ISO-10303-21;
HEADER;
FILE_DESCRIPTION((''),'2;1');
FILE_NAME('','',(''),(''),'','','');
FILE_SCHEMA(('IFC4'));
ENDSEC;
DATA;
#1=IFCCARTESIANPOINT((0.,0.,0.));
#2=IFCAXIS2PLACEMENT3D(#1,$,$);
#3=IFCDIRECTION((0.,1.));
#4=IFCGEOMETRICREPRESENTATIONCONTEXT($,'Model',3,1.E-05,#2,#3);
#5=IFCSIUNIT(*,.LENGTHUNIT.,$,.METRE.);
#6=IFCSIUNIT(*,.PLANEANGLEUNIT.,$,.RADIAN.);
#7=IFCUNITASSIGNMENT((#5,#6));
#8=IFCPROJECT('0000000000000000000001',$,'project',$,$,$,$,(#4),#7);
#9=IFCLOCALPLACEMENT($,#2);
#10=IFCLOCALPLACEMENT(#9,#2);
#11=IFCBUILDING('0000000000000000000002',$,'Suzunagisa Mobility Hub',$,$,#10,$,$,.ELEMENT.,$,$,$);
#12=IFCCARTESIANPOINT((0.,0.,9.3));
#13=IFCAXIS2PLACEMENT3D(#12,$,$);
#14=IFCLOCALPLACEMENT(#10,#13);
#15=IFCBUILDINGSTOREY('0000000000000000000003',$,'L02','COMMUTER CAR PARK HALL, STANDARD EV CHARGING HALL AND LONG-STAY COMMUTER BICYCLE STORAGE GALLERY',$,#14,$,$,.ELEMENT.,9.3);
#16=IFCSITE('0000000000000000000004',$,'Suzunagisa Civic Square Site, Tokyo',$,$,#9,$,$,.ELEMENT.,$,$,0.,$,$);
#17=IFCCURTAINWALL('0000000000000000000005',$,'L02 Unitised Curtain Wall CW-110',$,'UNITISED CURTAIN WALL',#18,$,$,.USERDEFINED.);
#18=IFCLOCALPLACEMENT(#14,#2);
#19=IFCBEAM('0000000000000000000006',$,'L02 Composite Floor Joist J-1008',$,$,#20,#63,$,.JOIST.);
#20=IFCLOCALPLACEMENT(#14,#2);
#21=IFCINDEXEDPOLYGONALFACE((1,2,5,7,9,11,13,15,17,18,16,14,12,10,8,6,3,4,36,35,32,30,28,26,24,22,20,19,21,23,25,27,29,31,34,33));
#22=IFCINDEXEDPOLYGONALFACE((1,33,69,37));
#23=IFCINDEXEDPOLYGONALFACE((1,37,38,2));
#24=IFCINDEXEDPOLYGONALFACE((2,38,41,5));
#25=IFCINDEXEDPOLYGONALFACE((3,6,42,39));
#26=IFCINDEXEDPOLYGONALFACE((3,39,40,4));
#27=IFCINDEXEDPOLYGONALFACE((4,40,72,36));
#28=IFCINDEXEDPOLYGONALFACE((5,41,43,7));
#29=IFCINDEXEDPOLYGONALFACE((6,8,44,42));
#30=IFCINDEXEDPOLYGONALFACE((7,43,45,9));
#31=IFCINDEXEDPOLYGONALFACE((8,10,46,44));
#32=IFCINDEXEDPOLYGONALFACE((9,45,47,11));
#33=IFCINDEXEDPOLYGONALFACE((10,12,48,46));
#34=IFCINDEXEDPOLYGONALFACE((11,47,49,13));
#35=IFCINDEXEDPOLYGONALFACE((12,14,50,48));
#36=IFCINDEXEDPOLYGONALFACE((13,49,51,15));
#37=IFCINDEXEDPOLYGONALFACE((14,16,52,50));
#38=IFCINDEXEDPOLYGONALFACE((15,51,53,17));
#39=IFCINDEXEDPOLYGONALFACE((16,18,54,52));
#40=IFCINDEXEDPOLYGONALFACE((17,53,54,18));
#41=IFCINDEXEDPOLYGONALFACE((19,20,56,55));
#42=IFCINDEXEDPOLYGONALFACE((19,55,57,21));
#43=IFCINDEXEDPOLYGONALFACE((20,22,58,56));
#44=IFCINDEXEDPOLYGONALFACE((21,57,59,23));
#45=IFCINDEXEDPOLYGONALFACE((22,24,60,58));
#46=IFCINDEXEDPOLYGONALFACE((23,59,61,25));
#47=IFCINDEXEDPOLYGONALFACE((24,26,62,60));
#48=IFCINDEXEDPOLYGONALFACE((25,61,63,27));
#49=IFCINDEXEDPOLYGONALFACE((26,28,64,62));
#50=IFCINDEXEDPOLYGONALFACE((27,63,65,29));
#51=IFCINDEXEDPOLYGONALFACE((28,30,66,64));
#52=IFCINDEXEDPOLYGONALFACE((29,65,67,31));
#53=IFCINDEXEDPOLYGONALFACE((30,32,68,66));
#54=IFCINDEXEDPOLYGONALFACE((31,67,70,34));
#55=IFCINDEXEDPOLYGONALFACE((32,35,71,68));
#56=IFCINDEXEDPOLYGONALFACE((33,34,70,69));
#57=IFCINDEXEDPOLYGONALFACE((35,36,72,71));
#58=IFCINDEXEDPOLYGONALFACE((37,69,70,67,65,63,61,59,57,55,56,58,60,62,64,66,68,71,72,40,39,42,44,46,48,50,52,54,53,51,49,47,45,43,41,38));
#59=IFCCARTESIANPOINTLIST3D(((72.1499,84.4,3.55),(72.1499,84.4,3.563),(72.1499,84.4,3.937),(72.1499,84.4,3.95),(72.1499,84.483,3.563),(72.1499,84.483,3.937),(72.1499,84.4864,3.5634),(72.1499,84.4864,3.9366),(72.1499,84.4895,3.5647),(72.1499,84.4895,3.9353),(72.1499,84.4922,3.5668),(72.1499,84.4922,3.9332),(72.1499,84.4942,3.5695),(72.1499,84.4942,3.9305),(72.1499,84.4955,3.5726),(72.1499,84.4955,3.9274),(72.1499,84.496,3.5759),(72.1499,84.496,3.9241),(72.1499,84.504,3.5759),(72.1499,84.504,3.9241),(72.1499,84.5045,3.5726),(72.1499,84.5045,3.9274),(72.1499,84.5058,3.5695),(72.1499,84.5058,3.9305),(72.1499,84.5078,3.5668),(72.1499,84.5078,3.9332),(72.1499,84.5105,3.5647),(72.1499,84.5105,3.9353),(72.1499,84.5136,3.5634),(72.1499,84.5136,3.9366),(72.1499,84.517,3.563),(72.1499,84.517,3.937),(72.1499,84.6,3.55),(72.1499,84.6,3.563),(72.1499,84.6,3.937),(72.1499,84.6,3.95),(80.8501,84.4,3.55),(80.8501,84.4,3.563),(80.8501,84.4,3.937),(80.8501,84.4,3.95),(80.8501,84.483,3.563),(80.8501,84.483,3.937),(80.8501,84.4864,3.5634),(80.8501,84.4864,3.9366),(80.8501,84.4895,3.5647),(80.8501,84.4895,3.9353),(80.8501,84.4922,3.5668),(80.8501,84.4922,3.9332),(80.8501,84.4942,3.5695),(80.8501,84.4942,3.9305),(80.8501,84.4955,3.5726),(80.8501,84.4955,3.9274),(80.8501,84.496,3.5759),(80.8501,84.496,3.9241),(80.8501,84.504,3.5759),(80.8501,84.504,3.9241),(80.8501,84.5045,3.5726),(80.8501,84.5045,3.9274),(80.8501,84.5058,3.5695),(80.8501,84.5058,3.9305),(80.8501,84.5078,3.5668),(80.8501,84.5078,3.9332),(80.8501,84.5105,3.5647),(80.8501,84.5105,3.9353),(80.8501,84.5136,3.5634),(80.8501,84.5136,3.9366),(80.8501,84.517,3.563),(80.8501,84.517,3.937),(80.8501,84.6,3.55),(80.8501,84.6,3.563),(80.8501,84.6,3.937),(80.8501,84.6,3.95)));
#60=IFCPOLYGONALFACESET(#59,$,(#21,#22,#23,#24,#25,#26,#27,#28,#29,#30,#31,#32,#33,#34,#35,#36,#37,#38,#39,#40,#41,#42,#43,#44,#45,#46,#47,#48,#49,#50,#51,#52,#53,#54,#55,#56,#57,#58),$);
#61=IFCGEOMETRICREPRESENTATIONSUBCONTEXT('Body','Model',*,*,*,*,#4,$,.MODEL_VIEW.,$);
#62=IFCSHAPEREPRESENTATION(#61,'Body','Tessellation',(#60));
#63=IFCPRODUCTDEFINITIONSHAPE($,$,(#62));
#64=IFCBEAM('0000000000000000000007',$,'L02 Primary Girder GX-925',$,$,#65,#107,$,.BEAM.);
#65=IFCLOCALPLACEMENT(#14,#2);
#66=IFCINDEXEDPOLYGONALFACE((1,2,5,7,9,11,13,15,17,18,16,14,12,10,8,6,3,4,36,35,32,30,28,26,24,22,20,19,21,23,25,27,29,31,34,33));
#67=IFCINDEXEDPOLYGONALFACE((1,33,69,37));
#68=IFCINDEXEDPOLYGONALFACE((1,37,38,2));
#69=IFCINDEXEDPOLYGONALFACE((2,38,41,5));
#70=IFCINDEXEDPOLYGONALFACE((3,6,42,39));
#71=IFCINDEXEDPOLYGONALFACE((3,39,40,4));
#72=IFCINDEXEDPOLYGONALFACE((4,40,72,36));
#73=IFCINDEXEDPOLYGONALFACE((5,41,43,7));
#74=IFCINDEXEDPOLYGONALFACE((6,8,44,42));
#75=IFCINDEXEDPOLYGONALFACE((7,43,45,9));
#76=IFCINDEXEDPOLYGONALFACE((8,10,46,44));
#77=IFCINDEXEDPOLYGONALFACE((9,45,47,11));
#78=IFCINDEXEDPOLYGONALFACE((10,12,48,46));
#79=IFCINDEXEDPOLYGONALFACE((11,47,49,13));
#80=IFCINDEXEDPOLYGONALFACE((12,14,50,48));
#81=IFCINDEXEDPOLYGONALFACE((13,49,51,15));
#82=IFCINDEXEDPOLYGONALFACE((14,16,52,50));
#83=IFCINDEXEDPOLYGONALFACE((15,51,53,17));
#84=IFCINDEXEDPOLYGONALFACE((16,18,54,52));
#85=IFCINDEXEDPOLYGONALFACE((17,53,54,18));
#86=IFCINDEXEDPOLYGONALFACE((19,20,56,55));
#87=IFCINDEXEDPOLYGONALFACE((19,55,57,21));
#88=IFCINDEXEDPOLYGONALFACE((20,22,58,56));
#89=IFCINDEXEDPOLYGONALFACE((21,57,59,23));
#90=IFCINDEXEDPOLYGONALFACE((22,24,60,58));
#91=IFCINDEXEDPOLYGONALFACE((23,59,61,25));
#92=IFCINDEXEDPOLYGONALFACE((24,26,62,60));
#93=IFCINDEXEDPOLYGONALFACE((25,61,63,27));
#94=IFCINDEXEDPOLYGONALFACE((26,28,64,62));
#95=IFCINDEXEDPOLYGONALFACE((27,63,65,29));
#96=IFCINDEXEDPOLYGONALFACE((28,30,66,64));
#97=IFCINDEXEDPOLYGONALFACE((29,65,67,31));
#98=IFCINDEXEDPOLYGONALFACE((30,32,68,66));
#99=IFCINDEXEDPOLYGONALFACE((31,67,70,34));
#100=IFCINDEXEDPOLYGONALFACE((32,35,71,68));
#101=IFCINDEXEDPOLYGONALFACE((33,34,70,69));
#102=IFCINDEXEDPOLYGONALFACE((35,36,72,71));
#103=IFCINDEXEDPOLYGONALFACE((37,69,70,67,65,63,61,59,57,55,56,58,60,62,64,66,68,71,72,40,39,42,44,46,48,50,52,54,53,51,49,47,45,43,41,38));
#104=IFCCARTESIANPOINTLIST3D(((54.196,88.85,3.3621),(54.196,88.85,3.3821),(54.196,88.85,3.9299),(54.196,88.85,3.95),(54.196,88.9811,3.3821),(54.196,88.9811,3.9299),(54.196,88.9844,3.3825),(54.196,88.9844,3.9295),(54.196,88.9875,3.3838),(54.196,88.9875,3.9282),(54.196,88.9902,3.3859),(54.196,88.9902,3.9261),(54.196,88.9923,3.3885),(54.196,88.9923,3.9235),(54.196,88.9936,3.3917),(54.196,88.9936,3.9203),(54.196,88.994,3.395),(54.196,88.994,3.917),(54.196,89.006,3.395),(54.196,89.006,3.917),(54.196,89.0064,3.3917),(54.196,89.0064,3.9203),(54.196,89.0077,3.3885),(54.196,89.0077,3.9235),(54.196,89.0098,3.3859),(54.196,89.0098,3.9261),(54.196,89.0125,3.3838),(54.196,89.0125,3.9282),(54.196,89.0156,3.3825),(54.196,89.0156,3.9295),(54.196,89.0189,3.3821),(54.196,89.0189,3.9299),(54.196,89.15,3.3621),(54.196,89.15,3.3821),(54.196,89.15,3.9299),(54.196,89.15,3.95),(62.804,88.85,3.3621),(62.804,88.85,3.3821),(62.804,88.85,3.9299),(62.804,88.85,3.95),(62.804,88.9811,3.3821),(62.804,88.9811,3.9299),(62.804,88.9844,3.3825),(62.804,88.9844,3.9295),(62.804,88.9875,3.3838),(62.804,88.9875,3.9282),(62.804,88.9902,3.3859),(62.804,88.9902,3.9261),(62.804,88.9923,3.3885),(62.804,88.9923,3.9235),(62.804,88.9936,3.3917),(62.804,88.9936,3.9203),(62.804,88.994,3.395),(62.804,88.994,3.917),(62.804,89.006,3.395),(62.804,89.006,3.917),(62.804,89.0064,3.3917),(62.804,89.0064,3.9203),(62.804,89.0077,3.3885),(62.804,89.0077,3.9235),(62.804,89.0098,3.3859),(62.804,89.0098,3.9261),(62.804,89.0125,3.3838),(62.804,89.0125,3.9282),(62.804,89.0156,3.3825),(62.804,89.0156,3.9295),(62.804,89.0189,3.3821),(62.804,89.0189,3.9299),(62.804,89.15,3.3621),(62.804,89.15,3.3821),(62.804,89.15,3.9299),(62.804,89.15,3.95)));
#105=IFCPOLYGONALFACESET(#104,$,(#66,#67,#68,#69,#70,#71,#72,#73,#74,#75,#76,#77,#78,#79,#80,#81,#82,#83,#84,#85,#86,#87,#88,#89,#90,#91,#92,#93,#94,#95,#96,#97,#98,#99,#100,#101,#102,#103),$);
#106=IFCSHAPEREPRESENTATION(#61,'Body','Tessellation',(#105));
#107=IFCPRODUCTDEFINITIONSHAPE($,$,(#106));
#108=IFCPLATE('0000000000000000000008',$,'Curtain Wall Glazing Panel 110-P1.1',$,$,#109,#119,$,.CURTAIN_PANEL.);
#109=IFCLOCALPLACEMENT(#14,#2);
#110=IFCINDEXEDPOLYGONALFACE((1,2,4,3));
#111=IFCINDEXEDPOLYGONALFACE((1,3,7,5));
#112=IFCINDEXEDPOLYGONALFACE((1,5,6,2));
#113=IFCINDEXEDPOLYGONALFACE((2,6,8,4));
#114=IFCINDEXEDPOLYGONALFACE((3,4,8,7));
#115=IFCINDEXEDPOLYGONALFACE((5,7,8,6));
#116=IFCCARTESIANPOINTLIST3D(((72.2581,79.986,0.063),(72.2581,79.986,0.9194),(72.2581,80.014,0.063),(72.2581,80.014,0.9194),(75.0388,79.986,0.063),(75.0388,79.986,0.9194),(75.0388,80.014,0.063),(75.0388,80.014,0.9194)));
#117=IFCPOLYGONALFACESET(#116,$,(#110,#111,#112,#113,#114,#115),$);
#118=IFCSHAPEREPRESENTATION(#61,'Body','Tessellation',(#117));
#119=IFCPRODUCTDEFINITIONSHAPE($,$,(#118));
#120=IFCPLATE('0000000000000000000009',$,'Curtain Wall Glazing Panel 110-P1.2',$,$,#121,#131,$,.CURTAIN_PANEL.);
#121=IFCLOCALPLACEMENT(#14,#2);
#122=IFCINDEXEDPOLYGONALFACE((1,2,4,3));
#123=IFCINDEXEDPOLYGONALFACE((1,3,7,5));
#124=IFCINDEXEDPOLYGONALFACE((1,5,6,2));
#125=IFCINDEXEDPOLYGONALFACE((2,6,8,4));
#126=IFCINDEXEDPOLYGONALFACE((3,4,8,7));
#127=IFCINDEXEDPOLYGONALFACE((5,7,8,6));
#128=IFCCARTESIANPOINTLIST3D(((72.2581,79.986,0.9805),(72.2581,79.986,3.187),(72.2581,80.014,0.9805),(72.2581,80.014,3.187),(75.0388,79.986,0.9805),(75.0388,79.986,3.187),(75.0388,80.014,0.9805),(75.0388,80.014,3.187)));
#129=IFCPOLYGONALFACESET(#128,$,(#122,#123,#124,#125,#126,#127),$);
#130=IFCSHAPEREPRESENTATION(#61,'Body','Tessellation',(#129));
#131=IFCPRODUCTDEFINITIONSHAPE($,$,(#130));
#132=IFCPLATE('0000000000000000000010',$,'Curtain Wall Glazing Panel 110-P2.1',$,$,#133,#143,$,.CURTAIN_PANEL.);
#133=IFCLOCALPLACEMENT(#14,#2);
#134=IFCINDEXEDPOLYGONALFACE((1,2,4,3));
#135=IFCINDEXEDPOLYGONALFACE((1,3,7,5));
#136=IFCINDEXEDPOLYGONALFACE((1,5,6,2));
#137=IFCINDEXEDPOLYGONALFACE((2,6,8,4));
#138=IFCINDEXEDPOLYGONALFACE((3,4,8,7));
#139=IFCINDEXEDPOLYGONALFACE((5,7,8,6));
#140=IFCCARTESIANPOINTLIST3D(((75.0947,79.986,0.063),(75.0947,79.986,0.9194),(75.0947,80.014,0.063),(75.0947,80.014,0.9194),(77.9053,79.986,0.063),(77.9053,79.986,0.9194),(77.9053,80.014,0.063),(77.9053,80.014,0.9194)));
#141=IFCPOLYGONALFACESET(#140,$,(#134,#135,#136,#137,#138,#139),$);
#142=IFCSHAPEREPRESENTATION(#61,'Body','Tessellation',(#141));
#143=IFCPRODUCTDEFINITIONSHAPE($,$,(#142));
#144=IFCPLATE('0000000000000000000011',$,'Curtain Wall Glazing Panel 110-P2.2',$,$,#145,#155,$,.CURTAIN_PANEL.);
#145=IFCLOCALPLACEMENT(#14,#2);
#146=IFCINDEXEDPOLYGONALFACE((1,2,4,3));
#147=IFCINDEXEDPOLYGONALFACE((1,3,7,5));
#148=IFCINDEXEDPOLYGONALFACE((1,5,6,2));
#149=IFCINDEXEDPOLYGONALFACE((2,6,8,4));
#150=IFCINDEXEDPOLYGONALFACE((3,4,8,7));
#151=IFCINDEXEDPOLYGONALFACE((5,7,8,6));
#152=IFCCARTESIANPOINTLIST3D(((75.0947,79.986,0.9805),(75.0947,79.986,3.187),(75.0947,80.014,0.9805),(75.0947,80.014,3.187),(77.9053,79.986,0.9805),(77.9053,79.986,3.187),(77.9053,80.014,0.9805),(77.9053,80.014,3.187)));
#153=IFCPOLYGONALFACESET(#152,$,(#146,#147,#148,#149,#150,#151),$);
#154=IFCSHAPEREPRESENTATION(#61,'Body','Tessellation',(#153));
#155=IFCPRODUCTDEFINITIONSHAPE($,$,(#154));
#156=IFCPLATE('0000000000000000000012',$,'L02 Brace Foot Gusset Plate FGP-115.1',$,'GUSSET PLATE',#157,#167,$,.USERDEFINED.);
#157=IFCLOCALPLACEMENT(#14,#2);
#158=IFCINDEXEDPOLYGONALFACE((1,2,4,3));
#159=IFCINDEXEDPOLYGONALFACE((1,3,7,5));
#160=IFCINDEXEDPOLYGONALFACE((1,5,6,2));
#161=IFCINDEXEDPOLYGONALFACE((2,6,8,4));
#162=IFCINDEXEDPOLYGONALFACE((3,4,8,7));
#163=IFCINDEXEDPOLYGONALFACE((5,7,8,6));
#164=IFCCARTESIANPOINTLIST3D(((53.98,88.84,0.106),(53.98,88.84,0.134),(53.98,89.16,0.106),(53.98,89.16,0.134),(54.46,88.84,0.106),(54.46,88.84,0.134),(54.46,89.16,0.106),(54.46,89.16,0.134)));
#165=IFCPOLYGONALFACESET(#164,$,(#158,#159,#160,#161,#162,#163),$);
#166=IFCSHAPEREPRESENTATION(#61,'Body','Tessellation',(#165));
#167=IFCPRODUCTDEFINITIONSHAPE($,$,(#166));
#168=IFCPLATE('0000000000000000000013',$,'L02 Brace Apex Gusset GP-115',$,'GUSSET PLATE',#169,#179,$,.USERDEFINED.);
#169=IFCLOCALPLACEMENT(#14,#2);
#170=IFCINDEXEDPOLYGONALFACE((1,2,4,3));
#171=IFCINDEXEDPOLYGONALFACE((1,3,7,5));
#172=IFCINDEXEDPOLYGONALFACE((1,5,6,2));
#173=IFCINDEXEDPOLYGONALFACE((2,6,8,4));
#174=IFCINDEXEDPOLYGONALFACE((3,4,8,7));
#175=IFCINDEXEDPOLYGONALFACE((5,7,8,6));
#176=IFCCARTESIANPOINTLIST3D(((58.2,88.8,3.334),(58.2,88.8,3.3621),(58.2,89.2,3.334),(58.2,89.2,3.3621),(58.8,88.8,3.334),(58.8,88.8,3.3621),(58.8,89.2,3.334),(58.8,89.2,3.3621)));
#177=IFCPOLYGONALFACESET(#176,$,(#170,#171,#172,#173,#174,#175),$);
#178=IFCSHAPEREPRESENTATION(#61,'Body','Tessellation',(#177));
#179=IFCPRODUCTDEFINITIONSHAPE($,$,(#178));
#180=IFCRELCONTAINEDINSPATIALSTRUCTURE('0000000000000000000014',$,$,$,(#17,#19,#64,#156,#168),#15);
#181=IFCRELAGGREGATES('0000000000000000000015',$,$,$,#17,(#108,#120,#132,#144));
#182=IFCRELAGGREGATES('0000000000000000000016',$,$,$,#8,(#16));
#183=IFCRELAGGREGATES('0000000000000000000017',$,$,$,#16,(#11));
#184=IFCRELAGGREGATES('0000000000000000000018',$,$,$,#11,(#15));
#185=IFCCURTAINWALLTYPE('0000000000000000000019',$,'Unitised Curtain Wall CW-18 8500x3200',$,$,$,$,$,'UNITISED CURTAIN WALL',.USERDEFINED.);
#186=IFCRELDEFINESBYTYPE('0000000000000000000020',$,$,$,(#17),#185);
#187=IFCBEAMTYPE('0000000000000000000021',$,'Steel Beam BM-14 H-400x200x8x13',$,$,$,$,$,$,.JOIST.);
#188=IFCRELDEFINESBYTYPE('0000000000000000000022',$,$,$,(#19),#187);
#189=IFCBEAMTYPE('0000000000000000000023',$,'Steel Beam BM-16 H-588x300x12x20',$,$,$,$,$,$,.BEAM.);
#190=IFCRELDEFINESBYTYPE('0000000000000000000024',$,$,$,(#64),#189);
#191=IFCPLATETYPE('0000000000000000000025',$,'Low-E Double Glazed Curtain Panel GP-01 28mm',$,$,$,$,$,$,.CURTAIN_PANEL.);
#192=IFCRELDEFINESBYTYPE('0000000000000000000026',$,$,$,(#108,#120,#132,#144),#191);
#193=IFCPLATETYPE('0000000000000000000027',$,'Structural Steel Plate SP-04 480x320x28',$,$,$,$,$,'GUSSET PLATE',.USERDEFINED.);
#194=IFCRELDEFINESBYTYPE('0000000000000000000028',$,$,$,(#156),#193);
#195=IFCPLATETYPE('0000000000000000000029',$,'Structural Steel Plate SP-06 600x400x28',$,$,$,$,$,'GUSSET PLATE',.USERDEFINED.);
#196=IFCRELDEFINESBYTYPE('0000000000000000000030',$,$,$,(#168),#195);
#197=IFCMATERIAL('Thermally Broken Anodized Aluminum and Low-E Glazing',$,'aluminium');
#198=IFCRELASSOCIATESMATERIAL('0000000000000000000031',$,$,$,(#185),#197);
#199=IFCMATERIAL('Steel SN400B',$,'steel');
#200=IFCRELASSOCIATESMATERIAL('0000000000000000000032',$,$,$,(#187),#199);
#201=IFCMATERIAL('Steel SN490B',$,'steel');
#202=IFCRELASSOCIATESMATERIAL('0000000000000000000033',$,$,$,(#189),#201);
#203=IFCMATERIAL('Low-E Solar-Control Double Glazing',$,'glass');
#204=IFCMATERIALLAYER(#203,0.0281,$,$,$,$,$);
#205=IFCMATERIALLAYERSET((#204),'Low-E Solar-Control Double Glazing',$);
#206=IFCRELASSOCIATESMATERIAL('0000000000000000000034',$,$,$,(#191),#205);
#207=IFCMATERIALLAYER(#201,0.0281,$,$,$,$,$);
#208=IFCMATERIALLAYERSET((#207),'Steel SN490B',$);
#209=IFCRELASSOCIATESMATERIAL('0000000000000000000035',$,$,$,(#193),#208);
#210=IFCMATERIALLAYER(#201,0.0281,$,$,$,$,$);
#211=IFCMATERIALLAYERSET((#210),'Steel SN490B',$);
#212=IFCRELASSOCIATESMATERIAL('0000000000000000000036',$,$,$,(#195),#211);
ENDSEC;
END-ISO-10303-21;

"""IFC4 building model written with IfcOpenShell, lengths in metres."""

from ifc_helpers import new_model, si_unit, direction, frame, origin, origin_2d, place, context, subcontext, project, spatial, rectangle, i_section, extrude, material, layer, layer_set, material_profile, profile_set, type_object, element, aggregate, save


model = new_model("IFC4")

# Units and contexts
model_context = context("Model", 3, precision=1e-05, world=origin(), true_north=direction((0.0, 1.0)))
body_context = subcontext(model_context, "Body", "Model", "MODEL_VIEW")
ifc_project = project(units=[si_unit("LENGTHUNIT", "METRE"), si_unit("PLANEANGLEUNIT", "RADIAN")], contexts=[model_context])

# Site, building, storey
site_placement = place(None, origin())
site = spatial("IfcSite", under=ifc_project, at=site_placement, Name="Suzunagisa Civic Square Site, Tokyo", CompositionType="ELEMENT", RefElevation=0.0)
building_placement = place(site_placement, origin())
building = spatial("IfcBuilding", under=site, at=building_placement, Name="Suzunagisa Mobility Hub", CompositionType="ELEMENT")
storey_placement = place(building_placement, frame((0.0, 0.0, 9.3)))
storey = spatial("IfcBuildingStorey", under=building, at=storey_placement, Name="L02", Description="COMMUTER CAR PARK HALL, STANDARD EV CHARGING HALL AND LONG-STAY COMMUTER BICYCLE STORAGE GALLERY", CompositionType="ELEMENT", Elevation=9.3)

# Shared definitions
ifc_material_1 = material(Name="Steel SN490B", Category="steel")

# Curtain wall
ifc_material_2 = material(Name="Thermally Broken Anodized Aluminum and Low-E Glazing", Category="aluminium")
curtain_wall_type = type_object("IfcCurtainWallType", Name="Unitised Curtain Wall CW-18 8500x3200", ElementType="UNITISED CURTAIN WALL", PredefinedType="USERDEFINED", material=ifc_material_2)
curtain_wall_placement = place(storey_placement, origin())
curtain_wall = element("IfcCurtainWall", 1, at=curtain_wall_placement, inside=storey, type_object=curtain_wall_type, Name="L02 Unitised Curtain Wall CW-110", ObjectType="UNITISED CURTAIN WALL", PredefinedType="USERDEFINED")

# Beams
ifc_material_3 = material(Name="Steel SN400B", Category="steel")
ifc_material_profile_1 = material_profile(ifc_material_3, i_section(OverallWidth=0.2, OverallDepth=0.3999, WebThickness=0.0081, FlangeThickness=0.0129, FilletRadius=0.0129, at=origin_2d()), Name="H-400x200x8x13")
ifc_profile_set_1 = profile_set([ifc_material_profile_1], Name="Steel SN400B")
beam_type_1 = type_object("IfcBeamType", Name="Steel Beam BM-14 H-400x200x8x13", PredefinedType="JOIST", material=ifc_profile_set_1)
for number, where, z_axis, x_axis, name in (
    (2, (72.1499, 84.5, 3.75), (1.0, 0.0, 0.0), (0.0, 1.0, 0.0), "L02 Composite Floor Joist J-1008"),
):
    element("IfcBeam", number, at=place(storey_placement, frame(where, z_axis=z_axis, x_axis=x_axis)), inside=storey, type_object=beam_type_1, Name=name, PredefinedType="JOIST", context=body_context, shape_type="SweptSolid", body=[
        extrude(i_section(OverallWidth=0.2, OverallDepth=0.3999, WebThickness=0.0081, FlangeThickness=0.0129, FilletRadius=0.0129, at=origin_2d()), origin(), (0.0, 0.0, 1.0), 8.7002),
    ])
ifc_material_profile_2 = material_profile(ifc_material_1, i_section(OverallWidth=0.3, OverallDepth=0.5879, WebThickness=0.012, FlangeThickness=0.02, FilletRadius=0.0129, at=origin_2d()), Name="H-588x300x12x20")
ifc_profile_set_2 = profile_set([ifc_material_profile_2], Name="Steel SN490B")
beam_type_2 = type_object("IfcBeamType", Name="Steel Beam BM-16 H-588x300x12x20", PredefinedType="BEAM", material=ifc_profile_set_2)
beam_placement = place(storey_placement, frame((54.196, 89.0, 3.656), z_axis=(1.0, 0.0, 0.0), x_axis=(0.0, 1.0, 0.0)))
element("IfcBeam", 3, at=beam_placement, inside=storey, type_object=beam_type_2, Name="L02 Primary Girder GX-925", PredefinedType="BEAM", context=body_context, shape_type="SweptSolid", body=[
    extrude(i_section(OverallWidth=0.3, OverallDepth=0.5879, WebThickness=0.012, FlangeThickness=0.02, FilletRadius=0.0129, at=origin_2d()), origin(), (0.0, 0.0, 1.0), 8.6079),
])

# Plates
ifc_material_4 = material(Name="Low-E Solar-Control Double Glazing", Category="glass")
ifc_layer_1 = layer(ifc_material_4, 0.0281)
ifc_layer_set_1 = layer_set([ifc_layer_1], Name="Low-E Solar-Control Double Glazing")
plate_type_1 = type_object("IfcPlateType", Name="Low-E Double Glazed Curtain Panel GP-01 28mm", PredefinedType="CURTAIN_PANEL", material=ifc_layer_set_1)
plate_1_placement = place(storey_placement, frame((73.6484, 80.0, 0.063), z_axis=(0.0, 0.0, 1.0), x_axis=(1.0, 0.0, 0.0)))
plate_1 = element("IfcPlate", 4, at=plate_1_placement, type_object=plate_type_1, Name="Curtain Wall Glazing Panel 110-P1.1", PredefinedType="CURTAIN_PANEL", context=body_context, shape_type="SweptSolid", body=[
    extrude(rectangle(XDim=2.7808, YDim=0.0281, at=origin_2d()), origin(), (0.0, 0.0, 1.0), 0.8564),
])
plate_2_placement = place(storey_placement, frame((73.6484, 80.0, 0.9805), z_axis=(0.0, 0.0, 1.0), x_axis=(1.0, 0.0, 0.0)))
plate_2 = element("IfcPlate", 5, at=plate_2_placement, type_object=plate_type_1, Name="Curtain Wall Glazing Panel 110-P1.2", PredefinedType="CURTAIN_PANEL", context=body_context, shape_type="SweptSolid", body=[
    extrude(rectangle(XDim=2.7808, YDim=0.0281, at=origin_2d()), origin(), (0.0, 0.0, 1.0), 2.2065),
])
plate_3_placement = place(storey_placement, frame((76.5, 80.0, 0.063), z_axis=(0.0, 0.0, 1.0), x_axis=(1.0, 0.0, 0.0)))
plate_3 = element("IfcPlate", 6, at=plate_3_placement, type_object=plate_type_1, Name="Curtain Wall Glazing Panel 110-P2.1", PredefinedType="CURTAIN_PANEL", context=body_context, shape_type="SweptSolid", body=[
    extrude(rectangle(XDim=2.8105, YDim=0.0281, at=origin_2d()), origin(), (0.0, 0.0, 1.0), 0.8564),
])
plate_4_placement = place(storey_placement, frame((76.5, 80.0, 0.9805), z_axis=(0.0, 0.0, 1.0), x_axis=(1.0, 0.0, 0.0)))
plate_4 = element("IfcPlate", 7, at=plate_4_placement, type_object=plate_type_1, Name="Curtain Wall Glazing Panel 110-P2.2", PredefinedType="CURTAIN_PANEL", context=body_context, shape_type="SweptSolid", body=[
    extrude(rectangle(XDim=2.8105, YDim=0.0281, at=origin_2d()), origin(), (0.0, 0.0, 1.0), 2.2065),
])
aggregate(curtain_wall, [plate_1, plate_2, plate_3, plate_4])

# Plates
ifc_layer_2 = layer(ifc_material_1, 0.0281)
ifc_layer_set_2 = layer_set([ifc_layer_2], Name="Steel SN490B")
plate_type_2 = type_object("IfcPlateType", Name="Structural Steel Plate SP-04 480x320x28", ElementType="GUSSET PLATE", PredefinedType="USERDEFINED", material=ifc_layer_set_2)
plate_5_placement = place(storey_placement, frame((54.22, 89.0, 0.106), z_axis=(0.0, 0.0, 1.0), x_axis=(1.0, 0.0, 0.0)))
element("IfcPlate", 8, at=plate_5_placement, inside=storey, type_object=plate_type_2, Name="L02 Brace Foot Gusset Plate FGP-115.1", ObjectType="GUSSET PLATE", PredefinedType="USERDEFINED", context=body_context, shape_type="SweptSolid", body=[
    extrude(rectangle(XDim=0.48, YDim=0.3201, at=origin_2d()), origin(), (0.0, 0.0, 1.0), 0.0281),
])
ifc_layer_3 = layer(ifc_material_1, 0.0281)
ifc_layer_set_3 = layer_set([ifc_layer_3], Name="Steel SN490B")
plate_type_3 = type_object("IfcPlateType", Name="Structural Steel Plate SP-06 600x400x28", ElementType="GUSSET PLATE", PredefinedType="USERDEFINED", material=ifc_layer_set_3)
plate_6_placement = place(storey_placement, frame((58.5, 89.0, 3.334), z_axis=(0.0, 0.0, 1.0), x_axis=(1.0, 0.0, 0.0)))
element("IfcPlate", 9, at=plate_6_placement, inside=storey, type_object=plate_type_3, Name="L02 Brace Apex Gusset GP-115", ObjectType="GUSSET PLATE", PredefinedType="USERDEFINED", context=body_context, shape_type="SweptSolid", body=[
    extrude(rectangle(XDim=0.6001, YDim=0.3999, at=origin_2d()), origin(), (0.0, 0.0, 1.0), 0.0281),
])

save(model, "model.ifc")
